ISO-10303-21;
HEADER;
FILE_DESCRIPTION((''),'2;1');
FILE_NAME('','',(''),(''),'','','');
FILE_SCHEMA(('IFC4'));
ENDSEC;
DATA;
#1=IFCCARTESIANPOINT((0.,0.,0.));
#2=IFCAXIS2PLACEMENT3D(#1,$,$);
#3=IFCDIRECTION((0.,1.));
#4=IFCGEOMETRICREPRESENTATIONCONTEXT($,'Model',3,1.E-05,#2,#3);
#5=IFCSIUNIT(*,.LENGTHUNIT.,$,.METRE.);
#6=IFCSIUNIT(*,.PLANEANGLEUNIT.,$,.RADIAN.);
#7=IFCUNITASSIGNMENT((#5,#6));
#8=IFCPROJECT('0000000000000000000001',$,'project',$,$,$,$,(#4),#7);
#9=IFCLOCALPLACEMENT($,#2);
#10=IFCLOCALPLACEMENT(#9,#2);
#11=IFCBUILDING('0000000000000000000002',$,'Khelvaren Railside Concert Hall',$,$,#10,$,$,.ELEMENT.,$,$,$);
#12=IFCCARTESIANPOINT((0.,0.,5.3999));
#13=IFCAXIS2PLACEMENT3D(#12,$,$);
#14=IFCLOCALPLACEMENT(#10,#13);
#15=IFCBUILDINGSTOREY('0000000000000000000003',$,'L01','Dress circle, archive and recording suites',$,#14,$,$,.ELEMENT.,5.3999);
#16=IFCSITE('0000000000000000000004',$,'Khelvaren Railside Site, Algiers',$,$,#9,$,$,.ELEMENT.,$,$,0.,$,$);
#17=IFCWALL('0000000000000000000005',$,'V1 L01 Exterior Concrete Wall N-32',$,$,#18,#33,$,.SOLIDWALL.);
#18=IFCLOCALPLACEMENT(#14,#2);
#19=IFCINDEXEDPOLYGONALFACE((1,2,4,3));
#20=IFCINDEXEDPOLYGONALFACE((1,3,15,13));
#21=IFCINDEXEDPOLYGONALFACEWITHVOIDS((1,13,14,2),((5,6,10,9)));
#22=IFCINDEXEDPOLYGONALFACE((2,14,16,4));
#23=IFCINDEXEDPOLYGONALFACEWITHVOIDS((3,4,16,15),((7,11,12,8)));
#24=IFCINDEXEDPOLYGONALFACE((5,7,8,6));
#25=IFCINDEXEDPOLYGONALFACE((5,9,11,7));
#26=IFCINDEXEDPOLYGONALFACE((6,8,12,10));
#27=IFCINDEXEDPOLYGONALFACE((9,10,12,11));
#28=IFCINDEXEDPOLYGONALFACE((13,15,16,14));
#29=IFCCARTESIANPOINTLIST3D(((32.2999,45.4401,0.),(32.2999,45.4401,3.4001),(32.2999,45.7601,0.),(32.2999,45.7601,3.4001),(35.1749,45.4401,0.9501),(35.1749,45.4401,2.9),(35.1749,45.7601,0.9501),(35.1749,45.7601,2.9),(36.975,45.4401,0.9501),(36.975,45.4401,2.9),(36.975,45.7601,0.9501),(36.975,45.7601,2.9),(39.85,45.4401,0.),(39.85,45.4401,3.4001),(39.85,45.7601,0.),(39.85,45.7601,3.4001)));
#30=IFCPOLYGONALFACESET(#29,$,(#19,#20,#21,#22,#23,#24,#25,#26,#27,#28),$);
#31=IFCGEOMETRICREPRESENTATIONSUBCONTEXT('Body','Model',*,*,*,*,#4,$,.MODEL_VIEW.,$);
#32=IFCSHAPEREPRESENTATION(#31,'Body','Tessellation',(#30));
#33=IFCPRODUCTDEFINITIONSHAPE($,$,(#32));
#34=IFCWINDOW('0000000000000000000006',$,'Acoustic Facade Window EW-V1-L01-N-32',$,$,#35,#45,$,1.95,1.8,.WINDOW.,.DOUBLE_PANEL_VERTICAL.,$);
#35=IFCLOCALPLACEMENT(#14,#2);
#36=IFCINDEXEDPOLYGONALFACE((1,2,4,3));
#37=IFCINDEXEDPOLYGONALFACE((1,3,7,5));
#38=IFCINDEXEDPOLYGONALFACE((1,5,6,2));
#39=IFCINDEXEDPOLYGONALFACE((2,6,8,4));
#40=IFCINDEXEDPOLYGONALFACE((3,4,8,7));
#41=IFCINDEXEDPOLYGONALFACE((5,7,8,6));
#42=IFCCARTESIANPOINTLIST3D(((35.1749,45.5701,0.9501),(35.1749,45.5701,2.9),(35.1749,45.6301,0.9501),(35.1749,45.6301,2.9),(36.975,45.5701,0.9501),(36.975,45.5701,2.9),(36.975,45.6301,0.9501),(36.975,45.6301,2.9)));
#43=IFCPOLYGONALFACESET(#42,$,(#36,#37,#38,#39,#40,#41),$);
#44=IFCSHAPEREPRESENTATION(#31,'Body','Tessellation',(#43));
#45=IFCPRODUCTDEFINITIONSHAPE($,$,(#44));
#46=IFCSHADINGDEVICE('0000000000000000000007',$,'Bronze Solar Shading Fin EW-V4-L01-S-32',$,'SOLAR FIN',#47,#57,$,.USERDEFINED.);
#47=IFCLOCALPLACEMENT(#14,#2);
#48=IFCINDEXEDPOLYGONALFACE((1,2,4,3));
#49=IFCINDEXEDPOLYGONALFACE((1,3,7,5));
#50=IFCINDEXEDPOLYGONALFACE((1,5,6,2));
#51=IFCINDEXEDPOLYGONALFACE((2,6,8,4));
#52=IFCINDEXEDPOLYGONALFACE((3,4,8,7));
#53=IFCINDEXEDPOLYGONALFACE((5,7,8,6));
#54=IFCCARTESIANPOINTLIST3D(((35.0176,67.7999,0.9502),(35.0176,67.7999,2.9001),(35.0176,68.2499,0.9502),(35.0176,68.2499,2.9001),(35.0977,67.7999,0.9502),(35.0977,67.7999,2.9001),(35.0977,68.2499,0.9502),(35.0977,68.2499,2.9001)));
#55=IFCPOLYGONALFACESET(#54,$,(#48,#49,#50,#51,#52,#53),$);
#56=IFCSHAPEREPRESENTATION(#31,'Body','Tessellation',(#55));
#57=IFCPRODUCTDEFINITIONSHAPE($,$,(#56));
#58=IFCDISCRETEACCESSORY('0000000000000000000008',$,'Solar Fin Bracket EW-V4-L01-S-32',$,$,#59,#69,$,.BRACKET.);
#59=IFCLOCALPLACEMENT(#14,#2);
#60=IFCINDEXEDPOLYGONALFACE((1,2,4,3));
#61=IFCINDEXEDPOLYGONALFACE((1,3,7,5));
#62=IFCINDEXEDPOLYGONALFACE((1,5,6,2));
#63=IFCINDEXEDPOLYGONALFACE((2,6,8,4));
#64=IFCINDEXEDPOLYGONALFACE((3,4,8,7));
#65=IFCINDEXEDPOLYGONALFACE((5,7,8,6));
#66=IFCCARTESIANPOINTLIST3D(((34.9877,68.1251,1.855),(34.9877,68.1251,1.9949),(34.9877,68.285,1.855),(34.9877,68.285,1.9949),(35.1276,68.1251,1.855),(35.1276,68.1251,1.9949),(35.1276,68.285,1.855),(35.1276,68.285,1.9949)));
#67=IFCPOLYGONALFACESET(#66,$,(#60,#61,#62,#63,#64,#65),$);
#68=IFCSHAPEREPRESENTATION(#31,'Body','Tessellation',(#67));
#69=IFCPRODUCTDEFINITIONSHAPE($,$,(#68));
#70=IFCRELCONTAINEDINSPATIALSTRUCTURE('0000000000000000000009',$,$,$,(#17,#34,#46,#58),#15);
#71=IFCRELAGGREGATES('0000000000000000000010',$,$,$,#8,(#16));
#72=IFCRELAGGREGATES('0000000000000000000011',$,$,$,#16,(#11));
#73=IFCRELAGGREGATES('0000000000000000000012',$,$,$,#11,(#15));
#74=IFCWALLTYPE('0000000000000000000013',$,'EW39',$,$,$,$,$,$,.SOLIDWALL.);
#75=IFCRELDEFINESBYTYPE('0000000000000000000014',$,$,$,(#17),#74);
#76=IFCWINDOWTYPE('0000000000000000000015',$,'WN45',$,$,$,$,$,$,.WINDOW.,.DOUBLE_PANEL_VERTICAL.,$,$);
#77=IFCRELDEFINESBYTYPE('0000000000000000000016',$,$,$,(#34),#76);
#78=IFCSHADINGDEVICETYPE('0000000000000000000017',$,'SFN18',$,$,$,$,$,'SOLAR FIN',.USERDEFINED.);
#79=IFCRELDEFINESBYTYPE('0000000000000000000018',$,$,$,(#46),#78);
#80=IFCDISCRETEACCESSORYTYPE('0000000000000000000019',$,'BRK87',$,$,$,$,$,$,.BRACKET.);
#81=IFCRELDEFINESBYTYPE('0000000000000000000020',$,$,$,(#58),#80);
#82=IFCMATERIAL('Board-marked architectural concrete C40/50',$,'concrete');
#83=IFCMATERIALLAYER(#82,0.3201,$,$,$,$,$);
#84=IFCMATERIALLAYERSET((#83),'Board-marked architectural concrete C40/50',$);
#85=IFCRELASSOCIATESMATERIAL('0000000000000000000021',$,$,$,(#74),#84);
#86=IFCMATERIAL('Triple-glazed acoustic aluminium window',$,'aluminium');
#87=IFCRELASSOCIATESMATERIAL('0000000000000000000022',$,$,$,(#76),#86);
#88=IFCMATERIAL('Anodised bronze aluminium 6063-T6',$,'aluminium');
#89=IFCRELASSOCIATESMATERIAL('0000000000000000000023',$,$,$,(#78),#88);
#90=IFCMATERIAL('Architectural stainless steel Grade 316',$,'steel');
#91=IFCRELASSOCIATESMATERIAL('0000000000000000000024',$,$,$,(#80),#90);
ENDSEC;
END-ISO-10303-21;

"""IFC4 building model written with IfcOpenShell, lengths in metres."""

from ifc_helpers import new_model, si_unit, direction, frame, frame_2d, origin, origin_2d, place, context, subcontext, project, spatial, rectangle, extrude, material, layer, layer_set, type_object, element, fill, save


model = new_model("IFC4")

# Units and contexts
model_context = context("Model", 3, precision=1e-05, world=origin(), true_north=direction((0.0, 1.0)))
body_context = subcontext(model_context, "Body", "Model", "MODEL_VIEW")
ifc_project = project(units=[si_unit("LENGTHUNIT", "METRE"), si_unit("PLANEANGLEUNIT", "RADIAN")], contexts=[model_context])

# Site, building, storey
site_placement = place(None, origin())
site = spatial("IfcSite", under=ifc_project, at=site_placement, Name="Khelvaren Railside Site, Algiers", CompositionType="ELEMENT", RefElevation=0.0)
building_placement = place(site_placement, origin())
building = spatial("IfcBuilding", under=site, at=building_placement, Name="Khelvaren Railside Concert Hall", CompositionType="ELEMENT")
storey_placement = place(building_placement, frame((0.0, 0.0, 5.3999)))
storey = spatial("IfcBuildingStorey", under=building, at=storey_placement, Name="L01", Description="Dress circle, archive and recording suites", CompositionType="ELEMENT", Elevation=5.3999)

# Wall, opening, window
ifc_material_1 = material(Name="Board-marked architectural concrete C40/50", Category="concrete")
ifc_layer_1 = layer(ifc_material_1, 0.3201)
ifc_layer_set_1 = layer_set([ifc_layer_1], Name="Board-marked architectural concrete C40/50")
wall_type = type_object("IfcWallType", Name="EW39", PredefinedType="SOLIDWALL", material=ifc_layer_set_1)
ifc_material_2 = material(Name="Triple-glazed acoustic aluminium window", Category="aluminium")
wall_1_placement = place(storey_placement, frame((32.3, 45.6001, 0.0), z_axis=(0.0, 0.0, 1.0), x_axis=(1.0, 0.0, 0.0)))
wall_1 = element("IfcWall", 1, at=wall_1_placement, inside=storey, type_object=wall_type, Name="V1 L01 Exterior Concrete Wall N-32", PredefinedType="SOLIDWALL", context=body_context, shape_type="SweptSolid", body=[
    extrude(rectangle(XDim=7.55, YDim=0.3201, at=frame_2d((3.7749, 0.0))), origin(), (0.0, 0.0, 1.0), 3.4001),
])
opening_1_placement = place(wall_1_placement, frame((2.875, 0.0, 0.95)))
opening_1 = element("IfcOpeningElement", 2, at=opening_1_placement, cuts=wall_1, PredefinedType="OPENING", context=body_context, shape_type="SweptSolid", body=[
    extrude(rectangle(XDim=1.8, YDim=1.95, at=frame_2d((0.8999, 0.9751))), frame((0.0, 0.1699, 0.0), z_axis=(0.0, -1.0, 0.0), x_axis=(1.0, 0.0, 0.0)), (0.0, 0.0, 1.0), 0.3401),
])
window_type_1 = type_object("IfcWindowType", Name="WN45", PartitioningType="DOUBLE_PANEL_VERTICAL", PredefinedType="WINDOW", material=ifc_material_2)
window_1_placement = place(opening_1_placement, origin())
window_1 = element("IfcWindow", 3, at=window_1_placement, inside=storey, type_object=window_type_1, Name="Acoustic Facade Window EW-V1-L01-N-32", OverallHeight=1.95, OverallWidth=1.8, PartitioningType="DOUBLE_PANEL_VERTICAL", PredefinedType="WINDOW", context=body_context, shape_type="SweptSolid", body=[
    extrude(rectangle(XDim=1.8, YDim=1.95, at=frame_2d((0.8999, 0.9751))), frame((0.0, 0.03, 0.0), z_axis=(0.0, -1.0, 0.0), x_axis=(1.0, 0.0, 0.0)), (0.0, 0.0, 1.0), 0.0601),
])
fill(opening_1, window_1)

# Shading device
ifc_material_3 = material(Name="Anodised bronze aluminium 6063-T6", Category="aluminium")
shading_device_type = type_object("IfcShadingDeviceType", Name="SFN18", ElementType="SOLAR FIN", PredefinedType="USERDEFINED", material=ifc_material_3)
shading_device_placement = place(storey_placement, frame((35.0576, 68.0249, 0.9502), z_axis=(0.0, 0.0, 1.0), x_axis=(-1.0, 0.0, 0.0)))
element("IfcShadingDevice", 4, at=shading_device_placement, inside=storey, type_object=shading_device_type, Name="Bronze Solar Shading Fin EW-V4-L01-S-32", ObjectType="SOLAR FIN", PredefinedType="USERDEFINED", context=body_context, shape_type="SweptSolid", body=[
    extrude(rectangle(XDim=0.0801, YDim=0.45, at=origin_2d()), origin(), (0.0, 0.0, 1.0), 1.95),
])

# Discrete accessory
ifc_material_4 = material(Name="Architectural stainless steel Grade 316", Category="steel")
discrete_accessory_type = type_object("IfcDiscreteAccessoryType", Name="BRK87", PredefinedType="BRACKET", material=ifc_material_4)
discrete_accessory_placement = place(storey_placement, frame((35.0576, 68.2051, 1.855), z_axis=(0.0, 0.0, 1.0), x_axis=(-1.0, 0.0, 0.0)))
element("IfcDiscreteAccessory", 5, at=discrete_accessory_placement, inside=storey, type_object=discrete_accessory_type, Name="Solar Fin Bracket EW-V4-L01-S-32", PredefinedType="BRACKET", context=body_context, shape_type="SweptSolid", body=[
    extrude(rectangle(XDim=0.1399, YDim=0.1599, at=origin_2d()), origin(), (0.0, 0.0, 1.0), 0.1399),
])

save(model, "model.ifc")
